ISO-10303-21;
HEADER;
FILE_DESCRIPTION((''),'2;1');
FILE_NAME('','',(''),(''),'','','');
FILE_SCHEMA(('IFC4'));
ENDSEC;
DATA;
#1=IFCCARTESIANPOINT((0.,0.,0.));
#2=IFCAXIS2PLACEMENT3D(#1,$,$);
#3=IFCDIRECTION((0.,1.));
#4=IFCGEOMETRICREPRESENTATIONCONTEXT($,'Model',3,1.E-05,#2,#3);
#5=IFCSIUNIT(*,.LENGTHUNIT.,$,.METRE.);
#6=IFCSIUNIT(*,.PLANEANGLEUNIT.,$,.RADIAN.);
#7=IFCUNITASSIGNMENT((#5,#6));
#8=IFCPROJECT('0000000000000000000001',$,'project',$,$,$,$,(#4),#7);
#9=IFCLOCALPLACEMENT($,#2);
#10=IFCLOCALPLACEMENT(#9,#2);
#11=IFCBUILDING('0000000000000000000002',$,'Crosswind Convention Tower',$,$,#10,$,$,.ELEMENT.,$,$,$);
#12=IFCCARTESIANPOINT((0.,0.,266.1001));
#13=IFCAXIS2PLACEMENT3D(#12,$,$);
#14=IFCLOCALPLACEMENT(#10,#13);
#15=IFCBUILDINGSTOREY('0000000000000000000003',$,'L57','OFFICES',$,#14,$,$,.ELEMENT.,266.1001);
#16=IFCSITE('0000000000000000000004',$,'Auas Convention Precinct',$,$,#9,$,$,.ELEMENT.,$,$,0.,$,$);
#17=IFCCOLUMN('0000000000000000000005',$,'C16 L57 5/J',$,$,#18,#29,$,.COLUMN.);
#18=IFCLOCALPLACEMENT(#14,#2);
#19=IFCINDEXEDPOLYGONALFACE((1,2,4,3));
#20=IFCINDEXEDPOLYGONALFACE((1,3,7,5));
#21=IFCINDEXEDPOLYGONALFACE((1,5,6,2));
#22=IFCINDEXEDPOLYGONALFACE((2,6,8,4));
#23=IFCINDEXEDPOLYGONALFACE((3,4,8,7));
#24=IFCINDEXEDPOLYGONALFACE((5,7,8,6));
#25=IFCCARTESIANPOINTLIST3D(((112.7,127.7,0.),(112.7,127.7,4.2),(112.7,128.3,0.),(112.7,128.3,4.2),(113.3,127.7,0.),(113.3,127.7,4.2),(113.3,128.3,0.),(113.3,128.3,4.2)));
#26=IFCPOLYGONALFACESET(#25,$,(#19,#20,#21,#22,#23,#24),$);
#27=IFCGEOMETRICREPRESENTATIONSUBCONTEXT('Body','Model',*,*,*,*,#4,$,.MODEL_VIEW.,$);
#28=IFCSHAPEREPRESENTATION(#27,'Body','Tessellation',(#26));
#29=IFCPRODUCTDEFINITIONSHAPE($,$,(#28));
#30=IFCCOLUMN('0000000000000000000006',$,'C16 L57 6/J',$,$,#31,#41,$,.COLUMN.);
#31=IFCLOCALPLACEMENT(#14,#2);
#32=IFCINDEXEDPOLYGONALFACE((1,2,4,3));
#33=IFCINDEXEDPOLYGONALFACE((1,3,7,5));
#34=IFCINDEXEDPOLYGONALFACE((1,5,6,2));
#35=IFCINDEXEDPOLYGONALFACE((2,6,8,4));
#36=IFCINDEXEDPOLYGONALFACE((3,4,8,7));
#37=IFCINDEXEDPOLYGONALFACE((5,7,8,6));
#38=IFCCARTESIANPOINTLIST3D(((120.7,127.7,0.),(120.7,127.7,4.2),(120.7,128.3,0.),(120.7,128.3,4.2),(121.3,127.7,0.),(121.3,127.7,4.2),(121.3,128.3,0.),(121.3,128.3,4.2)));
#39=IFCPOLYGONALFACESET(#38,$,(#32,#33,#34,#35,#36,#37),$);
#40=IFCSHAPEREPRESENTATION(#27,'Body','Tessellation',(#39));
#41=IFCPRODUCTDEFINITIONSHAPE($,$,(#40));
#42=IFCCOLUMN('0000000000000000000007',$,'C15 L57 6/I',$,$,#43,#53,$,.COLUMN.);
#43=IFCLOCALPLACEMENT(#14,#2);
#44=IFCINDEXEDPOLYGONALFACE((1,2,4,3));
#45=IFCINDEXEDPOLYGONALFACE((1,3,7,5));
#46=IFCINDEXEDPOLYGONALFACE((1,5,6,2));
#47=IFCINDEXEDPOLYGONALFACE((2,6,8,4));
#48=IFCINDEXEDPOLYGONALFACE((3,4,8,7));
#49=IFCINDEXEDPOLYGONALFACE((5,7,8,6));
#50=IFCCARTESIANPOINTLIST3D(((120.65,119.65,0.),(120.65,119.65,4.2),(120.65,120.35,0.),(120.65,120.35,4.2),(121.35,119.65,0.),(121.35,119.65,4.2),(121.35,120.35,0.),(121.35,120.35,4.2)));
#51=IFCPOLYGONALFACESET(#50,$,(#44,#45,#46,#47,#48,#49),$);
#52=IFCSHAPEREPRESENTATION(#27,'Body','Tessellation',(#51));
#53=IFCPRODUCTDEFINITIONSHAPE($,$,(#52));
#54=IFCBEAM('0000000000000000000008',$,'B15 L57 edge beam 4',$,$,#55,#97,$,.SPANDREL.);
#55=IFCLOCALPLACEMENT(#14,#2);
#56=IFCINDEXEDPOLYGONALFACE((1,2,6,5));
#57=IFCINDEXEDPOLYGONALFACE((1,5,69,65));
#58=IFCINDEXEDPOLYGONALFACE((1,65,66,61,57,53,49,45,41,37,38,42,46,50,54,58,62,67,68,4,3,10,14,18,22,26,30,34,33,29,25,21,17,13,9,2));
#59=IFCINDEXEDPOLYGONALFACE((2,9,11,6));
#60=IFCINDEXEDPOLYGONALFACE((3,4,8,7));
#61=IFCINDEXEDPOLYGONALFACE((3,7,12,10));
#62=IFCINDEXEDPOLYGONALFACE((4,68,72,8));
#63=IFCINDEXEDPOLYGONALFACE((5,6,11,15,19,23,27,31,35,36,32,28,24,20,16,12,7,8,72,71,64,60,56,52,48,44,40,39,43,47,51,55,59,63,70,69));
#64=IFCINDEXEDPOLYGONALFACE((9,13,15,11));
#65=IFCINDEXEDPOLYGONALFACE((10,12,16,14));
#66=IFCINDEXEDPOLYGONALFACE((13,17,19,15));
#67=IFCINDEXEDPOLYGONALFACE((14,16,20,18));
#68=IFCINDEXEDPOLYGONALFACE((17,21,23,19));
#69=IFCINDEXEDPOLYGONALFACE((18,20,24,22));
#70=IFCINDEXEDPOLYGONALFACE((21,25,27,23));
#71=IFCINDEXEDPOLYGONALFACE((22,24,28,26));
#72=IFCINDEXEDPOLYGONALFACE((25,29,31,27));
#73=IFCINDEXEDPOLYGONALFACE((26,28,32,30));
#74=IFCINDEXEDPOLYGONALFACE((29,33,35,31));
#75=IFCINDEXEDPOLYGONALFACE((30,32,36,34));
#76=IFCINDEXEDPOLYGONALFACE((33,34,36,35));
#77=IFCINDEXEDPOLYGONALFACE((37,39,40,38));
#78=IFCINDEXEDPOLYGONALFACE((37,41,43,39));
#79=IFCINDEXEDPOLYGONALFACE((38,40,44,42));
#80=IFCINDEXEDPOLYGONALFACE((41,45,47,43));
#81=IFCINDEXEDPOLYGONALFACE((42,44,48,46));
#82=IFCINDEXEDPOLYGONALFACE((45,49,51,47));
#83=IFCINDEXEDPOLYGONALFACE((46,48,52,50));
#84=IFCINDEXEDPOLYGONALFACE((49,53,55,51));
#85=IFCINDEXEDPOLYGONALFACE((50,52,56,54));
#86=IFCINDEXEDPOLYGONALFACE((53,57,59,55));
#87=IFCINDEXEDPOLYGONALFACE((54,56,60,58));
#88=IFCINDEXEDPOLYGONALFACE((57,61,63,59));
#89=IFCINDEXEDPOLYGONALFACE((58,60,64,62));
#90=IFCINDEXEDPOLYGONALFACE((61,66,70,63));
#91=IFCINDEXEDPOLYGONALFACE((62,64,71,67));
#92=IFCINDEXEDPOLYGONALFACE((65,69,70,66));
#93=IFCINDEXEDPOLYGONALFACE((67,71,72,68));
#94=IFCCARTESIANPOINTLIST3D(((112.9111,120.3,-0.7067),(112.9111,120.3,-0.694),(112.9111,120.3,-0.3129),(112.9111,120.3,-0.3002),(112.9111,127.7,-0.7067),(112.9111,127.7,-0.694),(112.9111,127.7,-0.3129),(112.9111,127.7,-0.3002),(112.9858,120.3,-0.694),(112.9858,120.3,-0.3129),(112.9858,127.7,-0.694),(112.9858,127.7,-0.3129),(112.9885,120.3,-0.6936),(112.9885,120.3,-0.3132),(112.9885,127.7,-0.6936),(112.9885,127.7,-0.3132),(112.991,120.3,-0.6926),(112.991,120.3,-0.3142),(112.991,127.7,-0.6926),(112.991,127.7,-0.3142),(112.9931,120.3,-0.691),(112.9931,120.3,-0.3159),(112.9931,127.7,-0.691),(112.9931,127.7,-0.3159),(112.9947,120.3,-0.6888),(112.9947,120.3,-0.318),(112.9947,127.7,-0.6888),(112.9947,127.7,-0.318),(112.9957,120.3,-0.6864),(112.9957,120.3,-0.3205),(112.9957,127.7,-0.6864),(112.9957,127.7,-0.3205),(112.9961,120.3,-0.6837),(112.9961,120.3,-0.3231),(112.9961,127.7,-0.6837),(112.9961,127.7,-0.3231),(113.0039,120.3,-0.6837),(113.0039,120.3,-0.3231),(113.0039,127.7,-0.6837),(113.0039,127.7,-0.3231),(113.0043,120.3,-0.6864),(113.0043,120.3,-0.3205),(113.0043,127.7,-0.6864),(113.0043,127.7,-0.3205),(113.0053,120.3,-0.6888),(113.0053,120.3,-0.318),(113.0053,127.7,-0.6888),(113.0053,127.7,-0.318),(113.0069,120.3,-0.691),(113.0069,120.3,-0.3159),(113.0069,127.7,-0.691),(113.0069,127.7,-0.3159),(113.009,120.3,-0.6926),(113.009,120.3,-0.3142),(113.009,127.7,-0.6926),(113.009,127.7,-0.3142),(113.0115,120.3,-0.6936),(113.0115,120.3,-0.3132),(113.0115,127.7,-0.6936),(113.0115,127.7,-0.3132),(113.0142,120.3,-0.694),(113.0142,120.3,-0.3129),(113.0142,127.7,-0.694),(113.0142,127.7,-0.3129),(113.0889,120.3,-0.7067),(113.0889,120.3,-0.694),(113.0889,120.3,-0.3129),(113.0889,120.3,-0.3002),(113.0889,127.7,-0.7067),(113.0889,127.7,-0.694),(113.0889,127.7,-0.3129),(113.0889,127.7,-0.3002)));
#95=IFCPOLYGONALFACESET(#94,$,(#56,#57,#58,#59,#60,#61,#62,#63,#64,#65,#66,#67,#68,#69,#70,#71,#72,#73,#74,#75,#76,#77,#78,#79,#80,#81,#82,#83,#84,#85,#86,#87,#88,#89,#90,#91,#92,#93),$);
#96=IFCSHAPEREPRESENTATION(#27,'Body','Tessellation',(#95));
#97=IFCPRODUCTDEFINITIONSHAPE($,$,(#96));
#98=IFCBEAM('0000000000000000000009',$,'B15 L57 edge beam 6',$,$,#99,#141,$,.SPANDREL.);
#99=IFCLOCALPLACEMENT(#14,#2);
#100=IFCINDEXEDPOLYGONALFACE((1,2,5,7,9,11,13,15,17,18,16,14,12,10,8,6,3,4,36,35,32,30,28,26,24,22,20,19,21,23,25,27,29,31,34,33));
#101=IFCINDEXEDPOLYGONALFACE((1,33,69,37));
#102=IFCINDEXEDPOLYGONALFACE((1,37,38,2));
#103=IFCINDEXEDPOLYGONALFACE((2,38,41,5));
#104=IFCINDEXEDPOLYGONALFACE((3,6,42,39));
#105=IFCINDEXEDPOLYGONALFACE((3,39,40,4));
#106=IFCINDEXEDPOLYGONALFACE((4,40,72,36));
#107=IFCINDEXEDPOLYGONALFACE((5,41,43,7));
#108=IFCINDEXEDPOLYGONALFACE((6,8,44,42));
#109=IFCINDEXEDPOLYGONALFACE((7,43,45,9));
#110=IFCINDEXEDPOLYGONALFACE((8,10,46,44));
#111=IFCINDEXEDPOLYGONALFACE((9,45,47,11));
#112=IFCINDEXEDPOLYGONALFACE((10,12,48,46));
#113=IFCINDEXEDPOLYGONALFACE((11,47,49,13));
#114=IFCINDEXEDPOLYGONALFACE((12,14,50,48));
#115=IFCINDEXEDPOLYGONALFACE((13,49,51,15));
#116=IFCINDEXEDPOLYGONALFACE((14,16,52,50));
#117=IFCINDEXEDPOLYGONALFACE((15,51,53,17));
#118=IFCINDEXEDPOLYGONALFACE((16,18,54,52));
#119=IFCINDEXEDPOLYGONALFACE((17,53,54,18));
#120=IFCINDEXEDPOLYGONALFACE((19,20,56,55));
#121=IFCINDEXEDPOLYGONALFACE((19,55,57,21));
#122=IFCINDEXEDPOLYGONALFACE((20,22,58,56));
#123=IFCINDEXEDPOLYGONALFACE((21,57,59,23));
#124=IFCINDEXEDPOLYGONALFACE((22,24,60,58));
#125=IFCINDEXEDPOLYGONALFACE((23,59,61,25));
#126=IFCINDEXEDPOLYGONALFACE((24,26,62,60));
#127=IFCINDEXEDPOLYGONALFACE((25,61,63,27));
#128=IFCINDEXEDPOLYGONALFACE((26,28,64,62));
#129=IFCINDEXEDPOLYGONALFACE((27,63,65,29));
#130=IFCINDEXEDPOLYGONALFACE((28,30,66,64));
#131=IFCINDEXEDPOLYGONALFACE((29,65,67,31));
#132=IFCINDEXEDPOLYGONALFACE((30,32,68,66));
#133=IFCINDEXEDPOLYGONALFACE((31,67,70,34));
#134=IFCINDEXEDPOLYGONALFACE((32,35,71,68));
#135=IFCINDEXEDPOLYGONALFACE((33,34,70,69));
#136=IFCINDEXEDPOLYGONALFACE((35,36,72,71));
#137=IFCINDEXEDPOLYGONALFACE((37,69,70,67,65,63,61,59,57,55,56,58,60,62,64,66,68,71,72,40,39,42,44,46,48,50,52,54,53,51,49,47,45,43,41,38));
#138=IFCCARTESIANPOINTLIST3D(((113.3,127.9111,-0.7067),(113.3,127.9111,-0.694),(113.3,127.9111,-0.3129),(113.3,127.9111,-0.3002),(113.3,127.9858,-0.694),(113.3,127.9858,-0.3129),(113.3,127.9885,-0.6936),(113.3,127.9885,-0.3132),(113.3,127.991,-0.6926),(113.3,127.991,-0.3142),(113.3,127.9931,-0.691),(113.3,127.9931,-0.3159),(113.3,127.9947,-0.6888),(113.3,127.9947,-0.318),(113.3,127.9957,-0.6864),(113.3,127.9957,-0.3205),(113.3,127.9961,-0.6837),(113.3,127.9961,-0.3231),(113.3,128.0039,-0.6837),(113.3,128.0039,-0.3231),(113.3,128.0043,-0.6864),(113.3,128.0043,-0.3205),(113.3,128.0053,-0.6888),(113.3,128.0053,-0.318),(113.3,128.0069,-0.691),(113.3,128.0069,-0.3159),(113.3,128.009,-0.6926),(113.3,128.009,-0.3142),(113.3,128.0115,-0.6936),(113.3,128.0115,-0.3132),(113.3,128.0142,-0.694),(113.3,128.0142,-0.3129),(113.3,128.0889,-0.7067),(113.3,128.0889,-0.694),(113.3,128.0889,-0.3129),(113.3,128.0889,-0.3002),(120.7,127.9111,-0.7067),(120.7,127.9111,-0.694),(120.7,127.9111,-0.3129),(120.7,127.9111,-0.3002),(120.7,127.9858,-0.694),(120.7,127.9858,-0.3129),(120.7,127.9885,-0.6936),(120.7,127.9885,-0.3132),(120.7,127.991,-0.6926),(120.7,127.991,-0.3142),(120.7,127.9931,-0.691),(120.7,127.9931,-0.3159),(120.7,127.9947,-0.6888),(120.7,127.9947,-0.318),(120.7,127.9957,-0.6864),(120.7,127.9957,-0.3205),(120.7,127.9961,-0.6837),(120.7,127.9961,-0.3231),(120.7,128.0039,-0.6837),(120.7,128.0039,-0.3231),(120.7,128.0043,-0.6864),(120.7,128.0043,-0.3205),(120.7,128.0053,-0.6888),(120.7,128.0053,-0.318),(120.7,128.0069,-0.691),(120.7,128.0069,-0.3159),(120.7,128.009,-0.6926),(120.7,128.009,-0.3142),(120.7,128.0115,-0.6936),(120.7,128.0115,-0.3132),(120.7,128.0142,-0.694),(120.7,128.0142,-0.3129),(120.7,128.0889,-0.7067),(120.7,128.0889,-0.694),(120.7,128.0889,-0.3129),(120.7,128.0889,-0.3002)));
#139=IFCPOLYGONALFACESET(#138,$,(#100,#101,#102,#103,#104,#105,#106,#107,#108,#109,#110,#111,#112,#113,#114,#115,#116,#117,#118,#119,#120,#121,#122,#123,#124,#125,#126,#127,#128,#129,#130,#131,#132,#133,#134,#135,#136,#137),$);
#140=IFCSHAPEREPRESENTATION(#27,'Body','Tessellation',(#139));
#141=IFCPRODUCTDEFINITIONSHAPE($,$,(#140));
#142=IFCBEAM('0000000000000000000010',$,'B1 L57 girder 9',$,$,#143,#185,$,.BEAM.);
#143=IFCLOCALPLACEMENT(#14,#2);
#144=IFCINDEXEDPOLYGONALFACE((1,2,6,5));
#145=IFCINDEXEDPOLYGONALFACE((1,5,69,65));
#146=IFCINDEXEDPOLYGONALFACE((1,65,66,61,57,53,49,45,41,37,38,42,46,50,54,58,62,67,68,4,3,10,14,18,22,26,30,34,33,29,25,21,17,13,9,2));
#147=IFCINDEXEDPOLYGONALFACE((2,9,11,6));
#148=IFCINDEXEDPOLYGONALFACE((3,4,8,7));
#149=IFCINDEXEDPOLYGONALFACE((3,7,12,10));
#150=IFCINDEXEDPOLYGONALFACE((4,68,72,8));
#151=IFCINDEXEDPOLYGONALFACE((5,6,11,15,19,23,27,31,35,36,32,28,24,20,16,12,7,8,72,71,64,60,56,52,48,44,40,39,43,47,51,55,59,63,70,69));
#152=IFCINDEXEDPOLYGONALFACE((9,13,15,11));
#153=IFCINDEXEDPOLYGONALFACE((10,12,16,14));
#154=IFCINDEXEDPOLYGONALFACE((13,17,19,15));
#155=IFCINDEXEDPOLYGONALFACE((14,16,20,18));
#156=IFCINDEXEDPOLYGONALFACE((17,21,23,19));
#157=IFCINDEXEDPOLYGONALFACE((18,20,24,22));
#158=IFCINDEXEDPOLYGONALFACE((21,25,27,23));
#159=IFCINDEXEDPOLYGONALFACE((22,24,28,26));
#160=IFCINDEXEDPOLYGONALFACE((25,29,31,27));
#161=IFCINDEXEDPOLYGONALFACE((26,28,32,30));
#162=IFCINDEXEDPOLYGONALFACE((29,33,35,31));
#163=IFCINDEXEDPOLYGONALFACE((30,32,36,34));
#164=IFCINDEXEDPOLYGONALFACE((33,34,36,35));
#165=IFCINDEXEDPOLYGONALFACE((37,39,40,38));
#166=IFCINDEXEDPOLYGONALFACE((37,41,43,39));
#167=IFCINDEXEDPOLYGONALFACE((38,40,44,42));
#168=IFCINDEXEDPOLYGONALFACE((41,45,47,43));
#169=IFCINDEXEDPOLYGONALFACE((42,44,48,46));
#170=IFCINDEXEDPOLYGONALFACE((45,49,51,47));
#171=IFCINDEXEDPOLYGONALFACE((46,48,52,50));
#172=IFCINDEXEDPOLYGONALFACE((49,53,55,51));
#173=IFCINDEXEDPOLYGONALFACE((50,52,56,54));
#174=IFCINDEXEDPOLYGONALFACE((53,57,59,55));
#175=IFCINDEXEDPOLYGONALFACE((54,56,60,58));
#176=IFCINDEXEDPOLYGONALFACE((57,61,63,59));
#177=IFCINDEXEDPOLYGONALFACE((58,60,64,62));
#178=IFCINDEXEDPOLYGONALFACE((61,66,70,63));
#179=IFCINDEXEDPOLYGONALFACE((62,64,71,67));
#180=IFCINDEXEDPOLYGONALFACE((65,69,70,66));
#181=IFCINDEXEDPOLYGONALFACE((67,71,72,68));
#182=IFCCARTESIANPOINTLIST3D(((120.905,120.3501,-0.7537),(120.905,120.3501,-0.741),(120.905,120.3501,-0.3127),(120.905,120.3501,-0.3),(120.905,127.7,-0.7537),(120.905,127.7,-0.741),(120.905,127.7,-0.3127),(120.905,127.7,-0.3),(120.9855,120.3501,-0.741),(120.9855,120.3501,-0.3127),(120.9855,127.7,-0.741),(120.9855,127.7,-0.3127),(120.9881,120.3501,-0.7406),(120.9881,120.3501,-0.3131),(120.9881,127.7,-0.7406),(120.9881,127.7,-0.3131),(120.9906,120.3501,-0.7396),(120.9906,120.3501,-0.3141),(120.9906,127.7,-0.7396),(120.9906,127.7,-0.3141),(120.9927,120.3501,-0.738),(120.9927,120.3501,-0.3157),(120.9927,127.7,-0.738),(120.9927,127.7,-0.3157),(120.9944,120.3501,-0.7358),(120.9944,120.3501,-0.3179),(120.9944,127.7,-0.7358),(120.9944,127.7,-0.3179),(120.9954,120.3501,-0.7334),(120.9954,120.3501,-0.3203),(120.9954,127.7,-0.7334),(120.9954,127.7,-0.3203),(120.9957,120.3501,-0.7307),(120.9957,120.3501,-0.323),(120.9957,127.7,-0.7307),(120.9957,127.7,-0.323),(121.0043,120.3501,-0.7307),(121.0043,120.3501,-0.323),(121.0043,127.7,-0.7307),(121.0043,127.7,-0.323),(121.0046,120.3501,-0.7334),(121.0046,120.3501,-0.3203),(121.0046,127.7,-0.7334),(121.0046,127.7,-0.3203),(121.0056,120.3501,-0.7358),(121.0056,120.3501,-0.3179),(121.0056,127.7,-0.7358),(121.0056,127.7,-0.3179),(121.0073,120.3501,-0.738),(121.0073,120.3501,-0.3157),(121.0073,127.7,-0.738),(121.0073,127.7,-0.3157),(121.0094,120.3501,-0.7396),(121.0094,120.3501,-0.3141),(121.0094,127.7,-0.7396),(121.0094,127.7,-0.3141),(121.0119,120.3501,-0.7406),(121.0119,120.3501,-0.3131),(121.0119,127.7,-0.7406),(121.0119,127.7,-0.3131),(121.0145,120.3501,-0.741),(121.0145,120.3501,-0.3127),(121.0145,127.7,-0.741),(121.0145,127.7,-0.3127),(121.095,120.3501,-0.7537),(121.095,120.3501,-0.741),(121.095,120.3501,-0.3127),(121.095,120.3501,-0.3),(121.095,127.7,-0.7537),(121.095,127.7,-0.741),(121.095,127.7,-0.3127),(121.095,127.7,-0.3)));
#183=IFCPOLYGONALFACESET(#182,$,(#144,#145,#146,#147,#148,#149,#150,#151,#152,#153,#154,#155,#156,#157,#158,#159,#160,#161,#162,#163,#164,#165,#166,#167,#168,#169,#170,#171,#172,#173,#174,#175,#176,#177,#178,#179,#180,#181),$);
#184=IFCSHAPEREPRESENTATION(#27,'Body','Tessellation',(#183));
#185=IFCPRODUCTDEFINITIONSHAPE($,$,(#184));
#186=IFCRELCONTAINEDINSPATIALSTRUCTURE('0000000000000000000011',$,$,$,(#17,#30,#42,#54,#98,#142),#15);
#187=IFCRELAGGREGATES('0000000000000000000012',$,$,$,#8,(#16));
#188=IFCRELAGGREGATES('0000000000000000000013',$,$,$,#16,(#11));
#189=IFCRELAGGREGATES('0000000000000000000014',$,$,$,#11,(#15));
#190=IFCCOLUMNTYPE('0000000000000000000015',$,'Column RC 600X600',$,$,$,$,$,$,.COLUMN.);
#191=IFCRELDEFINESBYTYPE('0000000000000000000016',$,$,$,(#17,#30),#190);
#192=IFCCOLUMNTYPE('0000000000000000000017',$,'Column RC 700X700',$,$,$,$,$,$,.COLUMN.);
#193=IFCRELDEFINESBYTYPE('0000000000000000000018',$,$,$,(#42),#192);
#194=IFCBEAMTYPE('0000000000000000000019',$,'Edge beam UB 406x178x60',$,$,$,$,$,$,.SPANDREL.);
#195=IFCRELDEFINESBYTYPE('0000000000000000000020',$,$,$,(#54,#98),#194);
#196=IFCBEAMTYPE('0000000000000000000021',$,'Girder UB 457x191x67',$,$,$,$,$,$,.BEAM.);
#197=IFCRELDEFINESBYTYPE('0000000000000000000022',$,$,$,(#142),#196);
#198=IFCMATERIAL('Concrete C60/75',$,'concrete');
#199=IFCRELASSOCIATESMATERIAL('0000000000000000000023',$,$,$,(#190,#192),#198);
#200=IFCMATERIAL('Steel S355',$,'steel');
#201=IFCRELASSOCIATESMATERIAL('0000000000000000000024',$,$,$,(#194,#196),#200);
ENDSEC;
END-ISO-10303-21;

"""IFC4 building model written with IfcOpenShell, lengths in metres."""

from ifc_helpers import new_model, si_unit, direction, frame, origin, origin_2d, place, context, subcontext, project, spatial, rectangle, i_section, extrude, material, material_profile, profile_set, type_object, element, save


model = new_model("IFC4")

# Units and contexts
model_context = context("Model", 3, precision=1e-05, world=origin(), true_north=direction((0.0, 1.0)))
body_context = subcontext(model_context, "Body", "Model", "MODEL_VIEW")
ifc_project = project(units=[si_unit("LENGTHUNIT", "METRE"), si_unit("PLANEANGLEUNIT", "RADIAN")], contexts=[model_context])

# Site, building, storey
site_placement = place(None, origin())
site = spatial("IfcSite", under=ifc_project, at=site_placement, Name="Auas Convention Precinct", CompositionType="ELEMENT", RefElevation=0.0)
building_placement = place(site_placement, origin())
building = spatial("IfcBuilding", under=site, at=building_placement, Name="Crosswind Convention Tower", CompositionType="ELEMENT")
storey_placement = place(building_placement, frame((0.0, 0.0, 266.1001)))
storey = spatial("IfcBuildingStorey", under=building, at=storey_placement, Name="L57", Description="OFFICES", CompositionType="ELEMENT", Elevation=266.1001)

# Columns
ifc_material_1 = material(Name="Concrete C60/75", Category="concrete")
ifc_material_profile_1 = material_profile(ifc_material_1, rectangle(XDim=0.6001, YDim=0.6001, at=origin_2d()), Name="RC 600X600")
ifc_profile_set_1 = profile_set([ifc_material_profile_1], Name="Concrete C60/75")
column_type_1 = type_object("IfcColumnType", Name="Column RC 600X600", PredefinedType="COLUMN", material=ifc_profile_set_1)
for number, where, z_axis, x_axis, name in (
    (1, (113.0, 128.0, 0.0), (0.0, 0.0, 1.0), (1.0, 0.0, 0.0), "C16 L57 5/J"),
    (2, (121.0, 128.0, 0.0), (0.0, 0.0, 1.0), (1.0, 0.0, 0.0), "C16 L57 6/J"),
):
    element("IfcColumn", number, at=place(storey_placement, frame(where, z_axis=z_axis, x_axis=x_axis)), inside=storey, type_object=column_type_1, Name=name, PredefinedType="COLUMN", context=body_context, shape_type="SweptSolid", body=[
        extrude(rectangle(XDim=0.6001, YDim=0.6001, at=origin_2d()), origin(), (0.0, 0.0, 1.0), 4.2),
    ])
ifc_material_profile_2 = material_profile(ifc_material_1, rectangle(XDim=0.7, YDim=0.7, at=origin_2d()), Name="RC 700X700")
ifc_profile_set_2 = profile_set([ifc_material_profile_2], Name="Concrete C60/75")
column_type_2 = type_object("IfcColumnType", Name="Column RC 700X700", PredefinedType="COLUMN", material=ifc_profile_set_2)
column_placement = place(storey_placement, frame((121.0, 120.0, 0.0), z_axis=(0.0, 0.0, 1.0), x_axis=(1.0, 0.0, 0.0)))
element("IfcColumn", 3, at=column_placement, inside=storey, type_object=column_type_2, Name="C15 L57 6/I", PredefinedType="COLUMN", context=body_context, shape_type="SweptSolid", body=[
    extrude(rectangle(XDim=0.7, YDim=0.7, at=origin_2d()), origin(), (0.0, 0.0, 1.0), 4.2),
])

# Beams
ifc_material_2 = material(Name="Steel S355", Category="steel")
ifc_material_profile_3 = material_profile(ifc_material_2, i_section(OverallWidth=0.1777, OverallDepth=0.4065, WebThickness=0.0078, FlangeThickness=0.0127, FilletRadius=0.0103, at=origin_2d()), Name="UB 406x178x60")
ifc_profile_set_3 = profile_set([ifc_material_profile_3], Name="Steel S355")
beam_type_1 = type_object("IfcBeamType", Name="Edge beam UB 406x178x60", PredefinedType="SPANDREL", material=ifc_profile_set_3)
for number, where, z_axis, x_axis, name in (
    (4, (113.0, 120.3, -0.5034), (0.0, 1.0, 0.0), (-1.0, 0.0, 0.0), "B15 L57 edge beam 4"),
    (5, (113.3, 128.0, -0.5034), (1.0, 0.0, 0.0), (0.0, 1.0, 0.0), "B15 L57 edge beam 6"),
):
    element("IfcBeam", number, at=place(storey_placement, frame(where, z_axis=z_axis, x_axis=x_axis)), inside=storey, type_object=beam_type_1, Name=name, PredefinedType="SPANDREL", context=body_context, shape_type="SweptSolid", body=[
        extrude(i_section(OverallWidth=0.1777, OverallDepth=0.4065, WebThickness=0.0078, FlangeThickness=0.0127, FilletRadius=0.0103, at=origin_2d()), origin(), (0.0, 0.0, 1.0), 7.3999),
    ])
ifc_material_profile_4 = material_profile(ifc_material_2, i_section(OverallWidth=0.1899, OverallDepth=0.4536, WebThickness=0.0085, FlangeThickness=0.0127, FilletRadius=0.0103, at=origin_2d()), Name="UB 457x191x67")
ifc_profile_set_4 = profile_set([ifc_material_profile_4], Name="Steel S355")
beam_type_2 = type_object("IfcBeamType", Name="Girder UB 457x191x67", PredefinedType="BEAM", material=ifc_profile_set_4)
beam_1_placement = place(storey_placement, frame((121.0, 120.3501, -0.5269), z_axis=(0.0, 1.0, 0.0), x_axis=(-1.0, 0.0, 0.0)))
element("IfcBeam", 6, at=beam_1_placement, inside=storey, type_object=beam_type_2, Name="B1 L57 girder 9", PredefinedType="BEAM", context=body_context, shape_type="SweptSolid", body=[
    extrude(i_section(OverallWidth=0.1899, OverallDepth=0.4536, WebThickness=0.0085, FlangeThickness=0.0127, FilletRadius=0.0103, at=origin_2d()), origin(), (0.0, 0.0, 1.0), 7.3499),
])

save(model, "model.ifc")
